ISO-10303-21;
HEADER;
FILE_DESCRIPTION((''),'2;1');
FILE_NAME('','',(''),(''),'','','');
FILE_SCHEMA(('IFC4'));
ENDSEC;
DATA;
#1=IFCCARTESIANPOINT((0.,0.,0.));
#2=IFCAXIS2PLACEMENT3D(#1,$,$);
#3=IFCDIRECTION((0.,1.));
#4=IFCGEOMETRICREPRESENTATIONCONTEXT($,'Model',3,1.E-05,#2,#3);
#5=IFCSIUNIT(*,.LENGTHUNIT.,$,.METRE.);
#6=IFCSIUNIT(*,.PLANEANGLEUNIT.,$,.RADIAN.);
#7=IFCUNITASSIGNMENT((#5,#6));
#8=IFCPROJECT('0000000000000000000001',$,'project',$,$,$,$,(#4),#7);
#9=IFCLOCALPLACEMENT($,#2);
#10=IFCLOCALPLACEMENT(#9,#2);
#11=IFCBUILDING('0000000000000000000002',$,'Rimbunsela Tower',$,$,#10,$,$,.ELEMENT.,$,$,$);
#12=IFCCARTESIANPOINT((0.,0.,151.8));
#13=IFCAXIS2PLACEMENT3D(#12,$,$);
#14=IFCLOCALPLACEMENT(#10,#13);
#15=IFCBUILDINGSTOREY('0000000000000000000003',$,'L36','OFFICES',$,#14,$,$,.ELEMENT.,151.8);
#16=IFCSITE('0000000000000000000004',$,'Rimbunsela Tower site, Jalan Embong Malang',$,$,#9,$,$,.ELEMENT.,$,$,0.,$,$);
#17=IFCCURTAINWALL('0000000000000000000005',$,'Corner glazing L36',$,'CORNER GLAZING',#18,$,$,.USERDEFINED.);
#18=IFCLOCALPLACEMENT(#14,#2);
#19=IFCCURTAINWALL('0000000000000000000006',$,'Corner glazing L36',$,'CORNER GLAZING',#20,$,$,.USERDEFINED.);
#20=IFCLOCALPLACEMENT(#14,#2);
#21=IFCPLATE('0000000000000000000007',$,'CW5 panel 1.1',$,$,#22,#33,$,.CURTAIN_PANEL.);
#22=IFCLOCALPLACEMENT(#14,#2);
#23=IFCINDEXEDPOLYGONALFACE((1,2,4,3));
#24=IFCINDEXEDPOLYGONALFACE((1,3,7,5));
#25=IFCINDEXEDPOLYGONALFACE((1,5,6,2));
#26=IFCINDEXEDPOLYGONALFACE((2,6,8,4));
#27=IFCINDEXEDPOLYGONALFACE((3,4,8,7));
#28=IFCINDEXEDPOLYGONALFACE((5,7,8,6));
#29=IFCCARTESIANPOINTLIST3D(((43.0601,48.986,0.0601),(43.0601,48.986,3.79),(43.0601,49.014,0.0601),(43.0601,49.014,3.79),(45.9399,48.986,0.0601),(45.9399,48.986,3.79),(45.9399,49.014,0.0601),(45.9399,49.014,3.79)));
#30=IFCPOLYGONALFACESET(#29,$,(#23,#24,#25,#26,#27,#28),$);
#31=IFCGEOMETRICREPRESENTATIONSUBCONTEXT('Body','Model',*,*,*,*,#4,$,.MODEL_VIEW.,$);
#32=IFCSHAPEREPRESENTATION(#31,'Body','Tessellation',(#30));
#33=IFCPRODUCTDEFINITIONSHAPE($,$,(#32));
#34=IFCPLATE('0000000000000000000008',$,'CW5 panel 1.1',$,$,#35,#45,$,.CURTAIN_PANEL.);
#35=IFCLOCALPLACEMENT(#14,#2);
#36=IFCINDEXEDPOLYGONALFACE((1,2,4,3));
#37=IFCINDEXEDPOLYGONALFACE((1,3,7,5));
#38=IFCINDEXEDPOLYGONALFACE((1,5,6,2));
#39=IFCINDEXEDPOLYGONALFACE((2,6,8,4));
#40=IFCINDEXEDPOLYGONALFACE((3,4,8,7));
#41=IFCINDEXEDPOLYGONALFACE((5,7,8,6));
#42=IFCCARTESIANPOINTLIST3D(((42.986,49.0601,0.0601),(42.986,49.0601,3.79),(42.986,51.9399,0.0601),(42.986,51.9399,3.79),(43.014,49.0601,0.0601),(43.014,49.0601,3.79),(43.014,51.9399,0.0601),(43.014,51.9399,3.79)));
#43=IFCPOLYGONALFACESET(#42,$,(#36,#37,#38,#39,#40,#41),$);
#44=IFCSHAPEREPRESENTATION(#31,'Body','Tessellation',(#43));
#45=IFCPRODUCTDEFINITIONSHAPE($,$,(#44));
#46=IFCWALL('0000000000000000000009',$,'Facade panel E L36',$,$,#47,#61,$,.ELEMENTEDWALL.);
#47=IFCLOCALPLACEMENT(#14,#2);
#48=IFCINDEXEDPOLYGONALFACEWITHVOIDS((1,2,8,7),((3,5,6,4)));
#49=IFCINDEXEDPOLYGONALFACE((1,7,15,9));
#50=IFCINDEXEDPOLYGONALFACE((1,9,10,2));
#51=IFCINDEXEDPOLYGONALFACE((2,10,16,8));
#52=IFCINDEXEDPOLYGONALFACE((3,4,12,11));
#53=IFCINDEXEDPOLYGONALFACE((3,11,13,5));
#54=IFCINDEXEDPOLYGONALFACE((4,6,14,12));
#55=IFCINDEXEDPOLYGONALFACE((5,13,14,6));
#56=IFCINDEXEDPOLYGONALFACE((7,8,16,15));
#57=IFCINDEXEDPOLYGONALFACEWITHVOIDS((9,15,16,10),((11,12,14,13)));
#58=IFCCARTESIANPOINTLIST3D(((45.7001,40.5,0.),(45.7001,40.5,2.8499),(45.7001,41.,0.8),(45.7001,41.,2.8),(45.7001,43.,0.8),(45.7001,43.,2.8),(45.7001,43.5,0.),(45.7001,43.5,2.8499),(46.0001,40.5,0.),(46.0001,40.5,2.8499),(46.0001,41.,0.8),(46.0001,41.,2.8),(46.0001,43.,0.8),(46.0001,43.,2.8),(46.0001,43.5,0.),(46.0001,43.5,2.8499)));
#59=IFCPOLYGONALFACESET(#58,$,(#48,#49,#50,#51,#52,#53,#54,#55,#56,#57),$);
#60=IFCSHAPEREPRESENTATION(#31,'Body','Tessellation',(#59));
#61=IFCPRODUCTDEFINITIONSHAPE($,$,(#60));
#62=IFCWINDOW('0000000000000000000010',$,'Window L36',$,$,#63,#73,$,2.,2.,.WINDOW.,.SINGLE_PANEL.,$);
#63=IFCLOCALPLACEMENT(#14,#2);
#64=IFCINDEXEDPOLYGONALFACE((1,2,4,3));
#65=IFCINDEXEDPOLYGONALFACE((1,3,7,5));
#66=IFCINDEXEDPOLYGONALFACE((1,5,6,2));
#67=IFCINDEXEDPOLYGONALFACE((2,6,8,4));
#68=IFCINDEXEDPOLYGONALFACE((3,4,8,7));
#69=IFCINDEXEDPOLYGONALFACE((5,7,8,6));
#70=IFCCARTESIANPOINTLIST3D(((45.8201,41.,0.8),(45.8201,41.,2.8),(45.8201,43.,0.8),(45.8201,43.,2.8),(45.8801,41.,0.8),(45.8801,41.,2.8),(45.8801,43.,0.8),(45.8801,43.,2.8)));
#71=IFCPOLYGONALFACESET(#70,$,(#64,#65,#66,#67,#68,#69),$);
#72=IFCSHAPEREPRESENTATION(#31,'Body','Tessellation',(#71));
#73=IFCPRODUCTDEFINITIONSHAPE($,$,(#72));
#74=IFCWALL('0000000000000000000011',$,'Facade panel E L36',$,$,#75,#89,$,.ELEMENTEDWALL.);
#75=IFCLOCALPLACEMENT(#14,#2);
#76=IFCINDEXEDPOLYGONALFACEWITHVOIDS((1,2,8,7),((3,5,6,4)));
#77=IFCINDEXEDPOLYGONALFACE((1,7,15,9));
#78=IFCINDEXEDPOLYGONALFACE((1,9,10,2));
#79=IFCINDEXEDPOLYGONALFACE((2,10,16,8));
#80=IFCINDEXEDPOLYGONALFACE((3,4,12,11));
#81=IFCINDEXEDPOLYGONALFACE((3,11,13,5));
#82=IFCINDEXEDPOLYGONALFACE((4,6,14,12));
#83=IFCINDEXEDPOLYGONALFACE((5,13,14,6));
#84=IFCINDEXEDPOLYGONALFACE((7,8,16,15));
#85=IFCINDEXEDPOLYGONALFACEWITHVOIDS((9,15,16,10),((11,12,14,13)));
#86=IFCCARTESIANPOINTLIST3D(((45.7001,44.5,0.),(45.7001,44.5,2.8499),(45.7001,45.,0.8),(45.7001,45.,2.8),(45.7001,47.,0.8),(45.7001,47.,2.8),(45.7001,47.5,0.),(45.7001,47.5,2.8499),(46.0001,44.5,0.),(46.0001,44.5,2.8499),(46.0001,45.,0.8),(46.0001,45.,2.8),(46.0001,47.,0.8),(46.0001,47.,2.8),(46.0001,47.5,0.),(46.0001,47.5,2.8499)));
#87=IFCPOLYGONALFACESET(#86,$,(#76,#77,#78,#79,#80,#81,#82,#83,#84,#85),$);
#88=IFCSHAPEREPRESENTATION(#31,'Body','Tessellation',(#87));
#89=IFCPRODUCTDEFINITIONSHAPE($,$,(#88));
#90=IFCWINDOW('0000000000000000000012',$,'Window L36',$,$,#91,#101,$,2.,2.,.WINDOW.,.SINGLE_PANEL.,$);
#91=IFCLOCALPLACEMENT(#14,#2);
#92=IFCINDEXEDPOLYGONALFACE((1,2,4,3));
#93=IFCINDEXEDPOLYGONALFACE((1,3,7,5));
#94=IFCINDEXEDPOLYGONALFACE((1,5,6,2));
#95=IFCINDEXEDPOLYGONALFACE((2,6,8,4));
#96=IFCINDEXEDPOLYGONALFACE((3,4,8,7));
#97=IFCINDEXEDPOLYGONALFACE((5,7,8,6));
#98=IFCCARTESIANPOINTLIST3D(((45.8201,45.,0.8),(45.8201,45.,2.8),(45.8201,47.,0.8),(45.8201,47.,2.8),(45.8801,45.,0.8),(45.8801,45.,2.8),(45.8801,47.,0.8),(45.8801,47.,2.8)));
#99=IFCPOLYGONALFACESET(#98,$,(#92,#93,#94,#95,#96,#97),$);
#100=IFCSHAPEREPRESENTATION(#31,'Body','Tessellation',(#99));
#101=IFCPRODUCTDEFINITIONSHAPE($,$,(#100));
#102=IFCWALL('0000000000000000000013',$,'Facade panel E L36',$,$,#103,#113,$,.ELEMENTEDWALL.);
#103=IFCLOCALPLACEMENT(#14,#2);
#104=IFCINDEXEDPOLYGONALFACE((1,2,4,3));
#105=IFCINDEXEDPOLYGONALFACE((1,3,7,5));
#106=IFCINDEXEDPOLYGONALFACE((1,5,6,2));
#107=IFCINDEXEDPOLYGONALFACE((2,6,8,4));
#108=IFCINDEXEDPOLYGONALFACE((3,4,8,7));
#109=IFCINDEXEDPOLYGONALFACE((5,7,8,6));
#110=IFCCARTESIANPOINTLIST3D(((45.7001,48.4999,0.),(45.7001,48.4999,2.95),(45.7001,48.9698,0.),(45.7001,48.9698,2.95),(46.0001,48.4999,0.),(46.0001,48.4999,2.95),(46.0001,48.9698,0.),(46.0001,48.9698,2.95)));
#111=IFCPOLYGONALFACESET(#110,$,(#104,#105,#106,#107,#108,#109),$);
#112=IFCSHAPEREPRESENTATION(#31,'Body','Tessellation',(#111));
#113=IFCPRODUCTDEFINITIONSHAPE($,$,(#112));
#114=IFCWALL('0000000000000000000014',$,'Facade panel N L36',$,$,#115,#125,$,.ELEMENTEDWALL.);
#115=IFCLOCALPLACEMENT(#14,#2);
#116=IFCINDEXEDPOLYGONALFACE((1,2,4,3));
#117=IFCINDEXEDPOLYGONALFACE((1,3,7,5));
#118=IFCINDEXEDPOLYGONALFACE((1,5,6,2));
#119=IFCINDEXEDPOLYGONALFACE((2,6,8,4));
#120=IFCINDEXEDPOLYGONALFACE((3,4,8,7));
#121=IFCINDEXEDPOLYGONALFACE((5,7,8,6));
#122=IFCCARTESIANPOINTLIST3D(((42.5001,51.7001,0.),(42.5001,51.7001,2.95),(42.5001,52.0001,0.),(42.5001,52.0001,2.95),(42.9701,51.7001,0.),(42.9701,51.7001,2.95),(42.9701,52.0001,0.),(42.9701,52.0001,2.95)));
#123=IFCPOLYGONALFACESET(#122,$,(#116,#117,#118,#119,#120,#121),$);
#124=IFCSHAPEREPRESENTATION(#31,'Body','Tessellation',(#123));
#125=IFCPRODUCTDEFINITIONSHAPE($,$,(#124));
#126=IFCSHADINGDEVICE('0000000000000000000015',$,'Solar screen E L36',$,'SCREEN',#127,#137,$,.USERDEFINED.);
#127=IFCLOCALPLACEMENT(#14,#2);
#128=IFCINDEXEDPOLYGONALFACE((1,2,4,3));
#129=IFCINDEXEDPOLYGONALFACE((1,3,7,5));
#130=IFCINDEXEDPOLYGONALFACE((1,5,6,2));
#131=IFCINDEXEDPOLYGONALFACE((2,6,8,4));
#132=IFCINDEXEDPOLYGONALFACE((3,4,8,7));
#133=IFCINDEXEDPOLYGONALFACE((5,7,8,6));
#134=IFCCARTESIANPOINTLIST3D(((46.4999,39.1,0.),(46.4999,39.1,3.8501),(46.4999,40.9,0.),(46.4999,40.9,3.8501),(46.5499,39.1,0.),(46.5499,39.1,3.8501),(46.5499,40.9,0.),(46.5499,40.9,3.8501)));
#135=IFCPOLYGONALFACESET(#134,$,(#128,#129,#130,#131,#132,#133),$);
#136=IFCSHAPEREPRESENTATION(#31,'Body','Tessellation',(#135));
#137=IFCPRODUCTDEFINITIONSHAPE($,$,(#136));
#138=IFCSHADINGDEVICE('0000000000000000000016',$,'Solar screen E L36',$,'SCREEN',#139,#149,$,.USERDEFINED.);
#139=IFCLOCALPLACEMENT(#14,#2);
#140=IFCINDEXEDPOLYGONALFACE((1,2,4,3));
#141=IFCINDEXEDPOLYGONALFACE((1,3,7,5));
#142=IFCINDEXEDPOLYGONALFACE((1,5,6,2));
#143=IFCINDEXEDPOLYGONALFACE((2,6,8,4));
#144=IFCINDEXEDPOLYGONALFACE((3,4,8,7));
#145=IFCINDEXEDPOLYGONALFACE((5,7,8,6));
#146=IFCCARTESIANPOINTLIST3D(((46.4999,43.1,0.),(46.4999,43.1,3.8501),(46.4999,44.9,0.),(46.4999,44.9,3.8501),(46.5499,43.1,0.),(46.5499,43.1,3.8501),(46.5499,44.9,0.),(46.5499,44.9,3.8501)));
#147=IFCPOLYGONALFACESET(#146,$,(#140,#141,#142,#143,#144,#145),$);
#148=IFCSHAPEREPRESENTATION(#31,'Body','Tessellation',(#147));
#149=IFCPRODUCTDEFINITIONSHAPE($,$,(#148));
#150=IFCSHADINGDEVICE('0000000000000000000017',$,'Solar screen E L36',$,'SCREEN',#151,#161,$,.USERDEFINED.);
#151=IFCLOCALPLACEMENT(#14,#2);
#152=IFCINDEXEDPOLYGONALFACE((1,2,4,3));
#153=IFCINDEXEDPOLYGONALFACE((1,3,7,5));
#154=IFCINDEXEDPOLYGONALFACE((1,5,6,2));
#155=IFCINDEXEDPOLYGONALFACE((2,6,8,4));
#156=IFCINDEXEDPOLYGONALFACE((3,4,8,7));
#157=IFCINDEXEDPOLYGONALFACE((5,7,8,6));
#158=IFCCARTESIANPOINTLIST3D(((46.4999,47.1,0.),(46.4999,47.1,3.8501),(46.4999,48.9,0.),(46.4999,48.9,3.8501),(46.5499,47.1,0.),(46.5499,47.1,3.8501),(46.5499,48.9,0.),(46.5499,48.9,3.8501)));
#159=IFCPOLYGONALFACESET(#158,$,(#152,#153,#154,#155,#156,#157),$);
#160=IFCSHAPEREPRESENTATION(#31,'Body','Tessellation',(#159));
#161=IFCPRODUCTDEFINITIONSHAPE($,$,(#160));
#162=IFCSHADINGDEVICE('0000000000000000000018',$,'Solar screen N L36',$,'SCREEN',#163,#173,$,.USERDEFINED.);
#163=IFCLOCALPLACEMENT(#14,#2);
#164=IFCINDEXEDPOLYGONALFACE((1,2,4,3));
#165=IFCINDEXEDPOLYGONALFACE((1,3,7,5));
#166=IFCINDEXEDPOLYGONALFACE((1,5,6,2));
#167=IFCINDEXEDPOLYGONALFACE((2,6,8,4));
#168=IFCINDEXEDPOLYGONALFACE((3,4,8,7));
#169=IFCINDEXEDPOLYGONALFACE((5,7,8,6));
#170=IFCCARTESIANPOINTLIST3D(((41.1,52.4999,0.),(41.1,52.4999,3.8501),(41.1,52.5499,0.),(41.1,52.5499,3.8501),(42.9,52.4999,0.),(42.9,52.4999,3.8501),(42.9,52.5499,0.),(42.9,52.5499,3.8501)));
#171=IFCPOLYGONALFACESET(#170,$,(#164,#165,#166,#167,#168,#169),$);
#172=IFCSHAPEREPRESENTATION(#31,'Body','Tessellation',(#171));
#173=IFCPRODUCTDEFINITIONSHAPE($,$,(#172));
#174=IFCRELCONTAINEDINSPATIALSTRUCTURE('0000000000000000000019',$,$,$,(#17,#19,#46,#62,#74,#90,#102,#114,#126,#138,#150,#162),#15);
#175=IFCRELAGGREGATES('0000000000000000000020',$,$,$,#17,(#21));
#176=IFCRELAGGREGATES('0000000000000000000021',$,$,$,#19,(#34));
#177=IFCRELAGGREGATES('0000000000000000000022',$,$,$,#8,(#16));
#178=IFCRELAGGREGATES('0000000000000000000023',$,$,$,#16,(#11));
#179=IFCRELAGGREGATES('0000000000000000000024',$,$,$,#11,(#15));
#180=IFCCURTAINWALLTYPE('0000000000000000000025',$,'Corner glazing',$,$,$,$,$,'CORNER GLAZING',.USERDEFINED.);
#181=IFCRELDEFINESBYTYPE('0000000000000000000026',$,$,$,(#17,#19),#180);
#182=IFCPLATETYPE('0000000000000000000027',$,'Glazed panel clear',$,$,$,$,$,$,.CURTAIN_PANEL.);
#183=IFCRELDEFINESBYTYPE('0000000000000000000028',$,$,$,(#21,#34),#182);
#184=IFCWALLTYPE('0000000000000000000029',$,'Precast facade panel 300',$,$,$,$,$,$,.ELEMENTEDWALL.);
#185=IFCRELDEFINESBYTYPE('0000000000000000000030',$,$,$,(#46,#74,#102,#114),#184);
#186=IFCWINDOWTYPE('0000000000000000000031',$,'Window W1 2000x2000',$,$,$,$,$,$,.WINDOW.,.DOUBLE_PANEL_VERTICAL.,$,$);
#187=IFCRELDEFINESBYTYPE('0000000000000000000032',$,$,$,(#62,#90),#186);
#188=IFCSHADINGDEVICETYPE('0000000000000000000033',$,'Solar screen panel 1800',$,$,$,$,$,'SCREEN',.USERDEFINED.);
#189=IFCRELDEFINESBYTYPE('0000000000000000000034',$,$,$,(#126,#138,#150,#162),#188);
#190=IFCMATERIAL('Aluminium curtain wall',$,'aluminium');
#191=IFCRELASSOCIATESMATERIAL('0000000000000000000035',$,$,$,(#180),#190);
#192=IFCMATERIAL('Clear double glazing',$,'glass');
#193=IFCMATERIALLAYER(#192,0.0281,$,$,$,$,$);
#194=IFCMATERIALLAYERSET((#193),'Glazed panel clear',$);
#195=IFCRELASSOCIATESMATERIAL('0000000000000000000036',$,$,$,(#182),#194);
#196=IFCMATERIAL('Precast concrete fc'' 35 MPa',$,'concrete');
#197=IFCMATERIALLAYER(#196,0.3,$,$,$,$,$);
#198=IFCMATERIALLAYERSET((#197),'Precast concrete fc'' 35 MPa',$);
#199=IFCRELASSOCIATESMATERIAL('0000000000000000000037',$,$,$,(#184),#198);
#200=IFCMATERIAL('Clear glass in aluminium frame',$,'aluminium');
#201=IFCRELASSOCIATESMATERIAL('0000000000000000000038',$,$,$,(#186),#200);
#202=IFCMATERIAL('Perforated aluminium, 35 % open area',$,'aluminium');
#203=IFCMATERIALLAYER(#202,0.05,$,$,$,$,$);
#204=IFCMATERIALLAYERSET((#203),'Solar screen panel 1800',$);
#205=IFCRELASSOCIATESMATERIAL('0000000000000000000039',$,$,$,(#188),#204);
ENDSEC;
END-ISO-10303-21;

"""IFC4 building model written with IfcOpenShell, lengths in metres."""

from ifc_helpers import new_model, si_unit, direction, frame, frame_2d, origin, origin_2d, place, context, subcontext, project, spatial, rectangle, extrude, material, layer, layer_set, type_object, element, fill, aggregate, save


model = new_model("IFC4")

# Units and contexts
model_context = context("Model", 3, precision=1e-05, world=origin(), true_north=direction((0.0, 1.0)))
body_context = subcontext(model_context, "Body", "Model", "MODEL_VIEW")
ifc_project = project(units=[si_unit("LENGTHUNIT", "METRE"), si_unit("PLANEANGLEUNIT", "RADIAN")], contexts=[model_context])

# Site, building, storey
site_placement = place(None, origin())
site = spatial("IfcSite", under=ifc_project, at=site_placement, Name="Rimbunsela Tower site, Jalan Embong Malang", CompositionType="ELEMENT", RefElevation=0.0)
building_placement = place(site_placement, origin())
building = spatial("IfcBuilding", under=site, at=building_placement, Name="Rimbunsela Tower", CompositionType="ELEMENT")
storey_placement = place(building_placement, frame((0.0, 0.0, 151.8)))
storey = spatial("IfcBuildingStorey", under=building, at=storey_placement, Name="L36", Description="OFFICES", CompositionType="ELEMENT", Elevation=151.8)

# Curtain walls
ifc_material_1 = material(Name="Aluminium curtain wall", Category="aluminium")
curtain_wall_type = type_object("IfcCurtainWallType", Name="Corner glazing", ElementType="CORNER GLAZING", PredefinedType="USERDEFINED", material=ifc_material_1)
curtain_wall_1_placement = place(storey_placement, origin())
curtain_wall_1 = element("IfcCurtainWall", 1, at=curtain_wall_1_placement, inside=storey, type_object=curtain_wall_type, Name="Corner glazing L36", ObjectType="CORNER GLAZING", PredefinedType="USERDEFINED")
curtain_wall_2_placement = place(storey_placement, origin())
curtain_wall_2 = element("IfcCurtainWall", 2, at=curtain_wall_2_placement, inside=storey, type_object=curtain_wall_type, Name="Corner glazing L36", ObjectType="CORNER GLAZING", PredefinedType="USERDEFINED")

# Plates
ifc_material_2 = material(Name="Clear double glazing", Category="glass")
ifc_layer_1 = layer(ifc_material_2, 0.0281)
ifc_layer_set_1 = layer_set([ifc_layer_1], Name="Glazed panel clear")
plate_type = type_object("IfcPlateType", Name="Glazed panel clear", PredefinedType="CURTAIN_PANEL", material=ifc_layer_set_1)
plate_1_placement = place(storey_placement, frame((44.5, 49.0, 0.0601), z_axis=(0.0, 0.0, 1.0), x_axis=(-1.0, 0.0, 0.0)))
plate_1 = element("IfcPlate", 3, at=plate_1_placement, type_object=plate_type, Name="CW5 panel 1.1", PredefinedType="CURTAIN_PANEL", context=body_context, shape_type="SweptSolid", body=[
    extrude(rectangle(XDim=2.8799, YDim=0.0281, at=origin_2d()), origin(), (0.0, 0.0, 1.0), 3.73),
])
aggregate(curtain_wall_1, [plate_1])
plate_2_placement = place(storey_placement, frame((43.0, 50.5, 0.0601), z_axis=(0.0, 0.0, 1.0), x_axis=(0.0, 1.0, 0.0)))
plate_2 = element("IfcPlate", 4, at=plate_2_placement, type_object=plate_type, Name="CW5 panel 1.1", PredefinedType="CURTAIN_PANEL", context=body_context, shape_type="SweptSolid", body=[
    extrude(rectangle(XDim=2.8799, YDim=0.0281, at=origin_2d()), origin(), (0.0, 0.0, 1.0), 3.73),
])
aggregate(curtain_wall_2, [plate_2])

# Walls, openings, windows
ifc_material_3 = material(Name="Precast concrete fc' 35 MPa", Category="concrete")
ifc_layer_2 = layer(ifc_material_3, 0.3)
ifc_layer_set_2 = layer_set([ifc_layer_2], Name="Precast concrete fc' 35 MPa")
wall_type = type_object("IfcWallType", Name="Precast facade panel 300", PredefinedType="ELEMENTEDWALL", material=ifc_layer_set_2)
wall_1_placement = place(storey_placement, frame((45.8501, 40.5, 0.0), z_axis=(0.0, 0.0, 1.0), x_axis=(0.0, 1.0, 0.0)))
wall_1 = element("IfcWall", 5, at=wall_1_placement, inside=storey, type_object=wall_type, Name="Facade panel E L36", PredefinedType="ELEMENTEDWALL", context=body_context, shape_type="SweptSolid", body=[
    extrude(rectangle(XDim=3.0, YDim=0.3, at=frame_2d((1.5, 0.0))), origin(), (0.0, 0.0, 1.0), 2.8499),
])
opening_1_placement = place(wall_1_placement, frame((0.5, 0.0, 0.8)))
opening_1 = element("IfcOpeningElement", 6, at=opening_1_placement, cuts=wall_1, PredefinedType="OPENING", context=body_context, shape_type="SweptSolid", body=[
    extrude(rectangle(XDim=2.0, YDim=2.0, at=frame_2d((1.0, 1.0))), frame((0.0, 0.1599, 0.0), z_axis=(0.0, -1.0, 0.0), x_axis=(1.0, 0.0, 0.0)), (0.0, 0.0, 1.0), 0.3201),
])
ifc_material_4 = material(Name="Clear glass in aluminium frame", Category="aluminium")
window_type = type_object("IfcWindowType", Name="Window W1 2000x2000", PartitioningType="DOUBLE_PANEL_VERTICAL", PredefinedType="WINDOW", material=ifc_material_4)
window_1_placement = place(opening_1_placement, origin())
window_1 = element("IfcWindow", 7, at=window_1_placement, inside=storey, type_object=window_type, Name="Window L36", OverallHeight=2.0, OverallWidth=2.0, PartitioningType="SINGLE_PANEL", PredefinedType="WINDOW", context=body_context, shape_type="SweptSolid", body=[
    extrude(rectangle(XDim=2.0, YDim=2.0, at=frame_2d((1.0, 1.0))), frame((0.0, 0.03, 0.0), z_axis=(0.0, -1.0, 0.0), x_axis=(1.0, 0.0, 0.0)), (0.0, 0.0, 1.0), 0.0601),
])
fill(opening_1, window_1)
wall_2_placement = place(storey_placement, frame((45.8501, 44.5, 0.0), z_axis=(0.0, 0.0, 1.0), x_axis=(0.0, 1.0, 0.0)))
wall_2 = element("IfcWall", 8, at=wall_2_placement, inside=storey, type_object=wall_type, Name="Facade panel E L36", PredefinedType="ELEMENTEDWALL", context=body_context, shape_type="SweptSolid", body=[
    extrude(rectangle(XDim=3.0, YDim=0.3, at=frame_2d((1.5, 0.0))), origin(), (0.0, 0.0, 1.0), 2.8499),
])
opening_2_placement = place(wall_2_placement, frame((0.5, 0.0, 0.8)))
opening_2 = element("IfcOpeningElement", 9, at=opening_2_placement, cuts=wall_2, PredefinedType="OPENING", context=body_context, shape_type="SweptSolid", body=[
    extrude(rectangle(XDim=2.0, YDim=2.0, at=frame_2d((1.0, 1.0))), frame((0.0, 0.1599, 0.0), z_axis=(0.0, -1.0, 0.0), x_axis=(1.0, 0.0, 0.0)), (0.0, 0.0, 1.0), 0.3201),
])
window_2_placement = place(opening_2_placement, origin())
window_2 = element("IfcWindow", 10, at=window_2_placement, inside=storey, type_object=window_type, Name="Window L36", OverallHeight=2.0, OverallWidth=2.0, PartitioningType="SINGLE_PANEL", PredefinedType="WINDOW", context=body_context, shape_type="SweptSolid", body=[
    extrude(rectangle(XDim=2.0, YDim=2.0, at=frame_2d((1.0, 1.0))), frame((0.0, 0.03, 0.0), z_axis=(0.0, -1.0, 0.0), x_axis=(1.0, 0.0, 0.0)), (0.0, 0.0, 1.0), 0.0601),
])
fill(opening_2, window_2)

# Walls
for number, where, z_axis, x_axis, name in (
    (11, (45.8501, 48.5, 0.0), (0.0, 0.0, 1.0), (0.0, 1.0, 0.0), "Facade panel E L36"),
    (12, (42.97, 51.8501, 0.0), (0.0, 0.0, 1.0), (-1.0, 0.0, 0.0), "Facade panel N L36"),
):
    element("IfcWall", number, at=place(storey_placement, frame(where, z_axis=z_axis, x_axis=x_axis)), inside=storey, type_object=wall_type, Name=name, PredefinedType="ELEMENTEDWALL", context=body_context, shape_type="SweptSolid", body=[
        extrude(rectangle(XDim=0.47, YDim=0.3, at=frame_2d((0.2349, 0.0))), origin(), (0.0, 0.0, 1.0), 2.95),
    ])

# Shading devices
ifc_material_5 = material(Name="Perforated aluminium, 35 % open area", Category="aluminium")
ifc_layer_3 = layer(ifc_material_5, 0.05)
ifc_layer_set_3 = layer_set([ifc_layer_3], Name="Solar screen panel 1800")
shading_device_type = type_object("IfcShadingDeviceType", Name="Solar screen panel 1800", ElementType="SCREEN", PredefinedType="USERDEFINED", material=ifc_layer_set_3)
for number, where, z_axis, x_axis, name in (
    (13, (46.5249, 40.0, 0.0), (0.0, 0.0, 1.0), (0.0, 1.0, 0.0), "Solar screen E L36"),
    (14, (46.5249, 44.0, 0.0), (0.0, 0.0, 1.0), (0.0, 1.0, 0.0), "Solar screen E L36"),
    (15, (46.5249, 48.0, 0.0), (0.0, 0.0, 1.0), (0.0, 1.0, 0.0), "Solar screen E L36"),
    (16, (42.0, 52.5249, 0.0), (0.0, 0.0, 1.0), (1.0, 0.0, 0.0), "Solar screen N L36"),
):
    element("IfcShadingDevice", number, at=place(storey_placement, frame(where, z_axis=z_axis, x_axis=x_axis)), inside=storey, type_object=shading_device_type, Name=name, ObjectType="SCREEN", PredefinedType="USERDEFINED", context=body_context, shape_type="SweptSolid", body=[
        extrude(rectangle(XDim=1.8, YDim=0.05, at=origin_2d()), origin(), (0.0, 0.0, 1.0), 3.8501),
    ])

save(model, "model.ifc")
